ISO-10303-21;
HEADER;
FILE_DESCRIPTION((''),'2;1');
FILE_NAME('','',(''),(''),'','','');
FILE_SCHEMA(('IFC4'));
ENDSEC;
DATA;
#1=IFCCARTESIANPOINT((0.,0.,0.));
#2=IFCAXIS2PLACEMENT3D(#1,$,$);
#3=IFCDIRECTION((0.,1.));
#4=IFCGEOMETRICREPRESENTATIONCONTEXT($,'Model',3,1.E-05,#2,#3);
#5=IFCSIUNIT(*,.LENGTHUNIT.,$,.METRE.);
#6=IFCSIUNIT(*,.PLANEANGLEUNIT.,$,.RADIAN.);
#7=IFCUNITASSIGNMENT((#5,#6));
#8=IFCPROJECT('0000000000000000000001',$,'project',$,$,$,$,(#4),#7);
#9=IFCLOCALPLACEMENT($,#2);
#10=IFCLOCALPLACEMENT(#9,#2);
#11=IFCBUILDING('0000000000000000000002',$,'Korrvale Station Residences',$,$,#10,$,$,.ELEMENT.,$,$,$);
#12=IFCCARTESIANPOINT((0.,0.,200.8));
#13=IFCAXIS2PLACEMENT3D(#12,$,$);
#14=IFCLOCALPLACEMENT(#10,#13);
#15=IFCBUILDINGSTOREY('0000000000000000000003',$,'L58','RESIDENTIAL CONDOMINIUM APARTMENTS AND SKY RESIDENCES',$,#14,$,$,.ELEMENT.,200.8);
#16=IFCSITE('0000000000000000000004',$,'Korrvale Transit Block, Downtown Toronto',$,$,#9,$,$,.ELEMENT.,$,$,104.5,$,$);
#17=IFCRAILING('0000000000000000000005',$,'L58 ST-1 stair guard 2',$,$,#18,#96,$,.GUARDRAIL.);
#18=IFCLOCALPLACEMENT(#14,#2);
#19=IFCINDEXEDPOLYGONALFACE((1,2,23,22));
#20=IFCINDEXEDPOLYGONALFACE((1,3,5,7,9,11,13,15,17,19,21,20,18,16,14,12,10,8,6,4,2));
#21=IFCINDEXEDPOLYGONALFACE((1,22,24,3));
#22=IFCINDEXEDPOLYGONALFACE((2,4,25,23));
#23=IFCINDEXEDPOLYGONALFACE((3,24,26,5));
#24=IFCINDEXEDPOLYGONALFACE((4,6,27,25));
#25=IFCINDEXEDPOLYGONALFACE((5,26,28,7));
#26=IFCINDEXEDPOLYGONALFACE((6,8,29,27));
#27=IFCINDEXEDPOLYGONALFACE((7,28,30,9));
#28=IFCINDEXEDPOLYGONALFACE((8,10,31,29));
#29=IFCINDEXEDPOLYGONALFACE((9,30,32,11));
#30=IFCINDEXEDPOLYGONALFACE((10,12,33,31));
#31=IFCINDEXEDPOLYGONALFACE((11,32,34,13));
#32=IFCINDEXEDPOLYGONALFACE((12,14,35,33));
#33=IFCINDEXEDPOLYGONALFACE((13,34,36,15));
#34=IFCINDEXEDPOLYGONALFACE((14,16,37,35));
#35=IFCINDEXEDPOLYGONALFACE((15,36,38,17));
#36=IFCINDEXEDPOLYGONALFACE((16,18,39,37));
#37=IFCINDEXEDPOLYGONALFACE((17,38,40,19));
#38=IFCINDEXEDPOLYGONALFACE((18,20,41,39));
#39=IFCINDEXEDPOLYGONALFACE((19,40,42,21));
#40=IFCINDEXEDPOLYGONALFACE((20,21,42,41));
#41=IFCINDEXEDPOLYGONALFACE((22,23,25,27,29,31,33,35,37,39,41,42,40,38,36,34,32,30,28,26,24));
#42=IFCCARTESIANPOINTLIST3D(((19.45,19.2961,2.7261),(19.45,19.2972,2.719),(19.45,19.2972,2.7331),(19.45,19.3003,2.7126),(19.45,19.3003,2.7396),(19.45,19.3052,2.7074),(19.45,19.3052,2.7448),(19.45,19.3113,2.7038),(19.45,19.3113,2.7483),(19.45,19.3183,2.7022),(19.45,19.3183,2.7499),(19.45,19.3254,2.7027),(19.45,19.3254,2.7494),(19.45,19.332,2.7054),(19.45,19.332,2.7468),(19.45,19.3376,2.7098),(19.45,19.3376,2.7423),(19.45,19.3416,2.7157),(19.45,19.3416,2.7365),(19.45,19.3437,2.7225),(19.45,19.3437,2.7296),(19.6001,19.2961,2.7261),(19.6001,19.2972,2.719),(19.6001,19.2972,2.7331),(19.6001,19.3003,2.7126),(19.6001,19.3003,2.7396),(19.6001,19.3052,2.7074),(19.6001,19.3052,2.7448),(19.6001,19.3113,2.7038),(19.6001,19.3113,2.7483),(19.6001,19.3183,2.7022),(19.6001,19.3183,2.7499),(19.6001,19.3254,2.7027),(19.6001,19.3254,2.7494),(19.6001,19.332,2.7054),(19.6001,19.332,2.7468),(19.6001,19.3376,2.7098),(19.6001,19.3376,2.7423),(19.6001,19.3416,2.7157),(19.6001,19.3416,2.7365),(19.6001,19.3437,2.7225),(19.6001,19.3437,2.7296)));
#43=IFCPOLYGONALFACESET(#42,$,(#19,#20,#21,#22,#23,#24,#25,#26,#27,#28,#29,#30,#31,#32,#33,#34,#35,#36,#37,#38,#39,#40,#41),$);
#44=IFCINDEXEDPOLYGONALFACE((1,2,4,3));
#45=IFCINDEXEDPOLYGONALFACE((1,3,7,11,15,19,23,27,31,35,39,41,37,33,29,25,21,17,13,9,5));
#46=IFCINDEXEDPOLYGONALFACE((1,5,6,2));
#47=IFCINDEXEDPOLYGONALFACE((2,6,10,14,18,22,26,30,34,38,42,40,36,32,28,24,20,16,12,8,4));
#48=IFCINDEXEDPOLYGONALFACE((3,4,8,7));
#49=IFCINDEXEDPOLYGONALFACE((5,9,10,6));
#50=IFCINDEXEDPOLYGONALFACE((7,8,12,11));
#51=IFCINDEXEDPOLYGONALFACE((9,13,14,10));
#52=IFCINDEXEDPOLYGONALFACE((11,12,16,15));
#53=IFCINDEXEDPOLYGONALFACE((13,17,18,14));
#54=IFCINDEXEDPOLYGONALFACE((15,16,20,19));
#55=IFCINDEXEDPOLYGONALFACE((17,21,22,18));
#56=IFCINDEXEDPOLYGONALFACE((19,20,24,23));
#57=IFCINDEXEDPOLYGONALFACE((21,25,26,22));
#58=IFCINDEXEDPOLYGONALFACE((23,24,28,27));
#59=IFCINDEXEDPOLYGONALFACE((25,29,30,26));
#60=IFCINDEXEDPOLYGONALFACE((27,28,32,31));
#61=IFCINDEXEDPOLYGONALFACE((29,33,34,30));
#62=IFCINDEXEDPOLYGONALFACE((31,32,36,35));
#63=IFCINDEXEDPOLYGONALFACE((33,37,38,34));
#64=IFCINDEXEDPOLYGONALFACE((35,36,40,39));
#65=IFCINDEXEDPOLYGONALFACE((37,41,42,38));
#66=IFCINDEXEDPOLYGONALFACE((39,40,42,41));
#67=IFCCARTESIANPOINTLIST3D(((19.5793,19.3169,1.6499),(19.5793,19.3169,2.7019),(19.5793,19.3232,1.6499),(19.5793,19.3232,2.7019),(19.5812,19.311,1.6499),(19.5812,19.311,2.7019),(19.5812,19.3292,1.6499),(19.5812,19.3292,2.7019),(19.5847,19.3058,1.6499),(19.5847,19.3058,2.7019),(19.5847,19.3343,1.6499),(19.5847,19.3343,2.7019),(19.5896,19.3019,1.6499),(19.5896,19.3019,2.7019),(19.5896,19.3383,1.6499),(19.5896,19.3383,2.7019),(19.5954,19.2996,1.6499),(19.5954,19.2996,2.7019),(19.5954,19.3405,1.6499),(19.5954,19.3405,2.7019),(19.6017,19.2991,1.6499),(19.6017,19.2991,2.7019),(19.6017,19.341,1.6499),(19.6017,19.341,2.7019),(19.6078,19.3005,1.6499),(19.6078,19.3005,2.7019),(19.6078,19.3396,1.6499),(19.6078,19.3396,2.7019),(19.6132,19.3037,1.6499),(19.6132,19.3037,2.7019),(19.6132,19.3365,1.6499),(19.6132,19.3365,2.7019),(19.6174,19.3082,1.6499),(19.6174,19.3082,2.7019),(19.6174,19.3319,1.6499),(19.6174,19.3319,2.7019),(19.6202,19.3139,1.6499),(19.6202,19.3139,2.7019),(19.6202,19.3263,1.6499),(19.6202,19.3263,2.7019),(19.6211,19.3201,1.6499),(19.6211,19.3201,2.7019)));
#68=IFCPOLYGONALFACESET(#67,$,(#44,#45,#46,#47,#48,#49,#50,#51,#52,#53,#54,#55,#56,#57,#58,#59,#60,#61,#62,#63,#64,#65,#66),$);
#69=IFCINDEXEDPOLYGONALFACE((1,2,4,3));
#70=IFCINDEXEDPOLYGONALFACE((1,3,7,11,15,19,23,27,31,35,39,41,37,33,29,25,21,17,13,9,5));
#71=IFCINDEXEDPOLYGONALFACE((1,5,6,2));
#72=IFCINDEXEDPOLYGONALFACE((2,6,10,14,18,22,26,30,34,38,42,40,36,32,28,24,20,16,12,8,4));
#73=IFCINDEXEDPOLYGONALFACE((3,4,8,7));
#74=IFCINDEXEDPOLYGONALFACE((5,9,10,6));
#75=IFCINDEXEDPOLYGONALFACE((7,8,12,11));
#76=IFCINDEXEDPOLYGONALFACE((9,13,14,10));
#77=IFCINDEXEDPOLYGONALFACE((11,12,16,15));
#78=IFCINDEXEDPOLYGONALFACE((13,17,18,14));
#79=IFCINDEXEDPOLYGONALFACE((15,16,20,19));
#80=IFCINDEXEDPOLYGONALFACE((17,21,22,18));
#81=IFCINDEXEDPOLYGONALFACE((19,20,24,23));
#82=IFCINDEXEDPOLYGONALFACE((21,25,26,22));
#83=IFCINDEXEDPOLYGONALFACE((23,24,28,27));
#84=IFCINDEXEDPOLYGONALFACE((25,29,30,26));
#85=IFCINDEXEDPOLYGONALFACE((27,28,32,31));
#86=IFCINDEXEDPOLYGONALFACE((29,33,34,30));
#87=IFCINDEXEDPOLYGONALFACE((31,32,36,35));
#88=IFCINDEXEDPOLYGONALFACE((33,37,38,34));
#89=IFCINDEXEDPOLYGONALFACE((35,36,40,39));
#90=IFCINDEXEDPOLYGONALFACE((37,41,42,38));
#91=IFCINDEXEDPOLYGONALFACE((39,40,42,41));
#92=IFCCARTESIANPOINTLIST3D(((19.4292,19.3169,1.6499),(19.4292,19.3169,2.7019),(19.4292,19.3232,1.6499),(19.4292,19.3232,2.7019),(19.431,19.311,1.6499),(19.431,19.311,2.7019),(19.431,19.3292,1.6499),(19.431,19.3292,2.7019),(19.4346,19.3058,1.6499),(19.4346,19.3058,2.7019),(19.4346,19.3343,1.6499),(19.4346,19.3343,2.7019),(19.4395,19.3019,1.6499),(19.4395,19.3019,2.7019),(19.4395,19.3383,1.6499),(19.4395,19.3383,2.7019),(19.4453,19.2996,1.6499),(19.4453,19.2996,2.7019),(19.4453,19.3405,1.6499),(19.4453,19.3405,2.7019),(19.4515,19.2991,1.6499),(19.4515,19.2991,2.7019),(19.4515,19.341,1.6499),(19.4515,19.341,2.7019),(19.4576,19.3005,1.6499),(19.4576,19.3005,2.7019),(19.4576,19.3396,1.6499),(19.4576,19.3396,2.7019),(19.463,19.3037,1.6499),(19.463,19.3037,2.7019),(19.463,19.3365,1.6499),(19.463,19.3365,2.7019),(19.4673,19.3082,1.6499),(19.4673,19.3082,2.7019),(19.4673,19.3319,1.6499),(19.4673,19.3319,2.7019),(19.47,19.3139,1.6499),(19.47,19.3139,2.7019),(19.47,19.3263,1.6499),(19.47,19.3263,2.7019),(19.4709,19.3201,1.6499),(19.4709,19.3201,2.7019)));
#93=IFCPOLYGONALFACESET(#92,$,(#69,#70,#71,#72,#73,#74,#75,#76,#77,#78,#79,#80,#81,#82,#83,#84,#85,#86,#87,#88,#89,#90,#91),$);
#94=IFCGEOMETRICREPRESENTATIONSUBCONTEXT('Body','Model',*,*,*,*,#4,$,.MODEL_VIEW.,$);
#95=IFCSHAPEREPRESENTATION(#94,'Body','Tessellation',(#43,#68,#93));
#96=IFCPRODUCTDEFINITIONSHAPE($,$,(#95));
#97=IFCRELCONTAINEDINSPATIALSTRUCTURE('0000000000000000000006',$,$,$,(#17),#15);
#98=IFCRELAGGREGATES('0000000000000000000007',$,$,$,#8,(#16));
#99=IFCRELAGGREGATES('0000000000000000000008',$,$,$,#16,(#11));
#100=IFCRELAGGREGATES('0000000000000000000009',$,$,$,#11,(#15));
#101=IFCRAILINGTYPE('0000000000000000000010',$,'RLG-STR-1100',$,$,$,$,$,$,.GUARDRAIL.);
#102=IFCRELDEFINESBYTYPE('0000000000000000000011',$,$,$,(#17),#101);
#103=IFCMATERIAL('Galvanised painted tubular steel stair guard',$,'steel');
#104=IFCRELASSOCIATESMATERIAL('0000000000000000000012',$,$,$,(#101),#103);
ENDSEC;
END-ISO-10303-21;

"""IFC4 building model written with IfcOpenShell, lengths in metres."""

from ifc_helpers import new_model, si_unit, direction, frame, origin, origin_2d, place, context, subcontext, project, spatial, circle, extrude, material, type_object, element, save


model = new_model("IFC4")

# Units and contexts
model_context = context("Model", 3, precision=1e-05, world=origin(), true_north=direction((0.0, 1.0)))
body_context = subcontext(model_context, "Body", "Model", "MODEL_VIEW")
ifc_project = project(units=[si_unit("LENGTHUNIT", "METRE"), si_unit("PLANEANGLEUNIT", "RADIAN")], contexts=[model_context])

# Site, building, storey
site_placement = place(None, origin())
site = spatial("IfcSite", under=ifc_project, at=site_placement, Name="Korrvale Transit Block, Downtown Toronto", CompositionType="ELEMENT", RefElevation=104.5)
building_placement = place(site_placement, origin())
building = spatial("IfcBuilding", under=site, at=building_placement, Name="Korrvale Station Residences", CompositionType="ELEMENT")
storey_placement = place(building_placement, frame((0.0, 0.0, 200.8)))
storey = spatial("IfcBuildingStorey", under=building, at=storey_placement, Name="L58", Description="RESIDENTIAL CONDOMINIUM APARTMENTS AND SKY RESIDENCES", CompositionType="ELEMENT", Elevation=200.8)

# Railing
ifc_material_1 = material(Name="Galvanised painted tubular steel stair guard", Category="steel")
railing_type_1 = type_object("IfcRailingType", Name="RLG-STR-1100", PredefinedType="GUARDRAIL", material=ifc_material_1)
railing_1_placement = place(storey_placement, frame((19.6001, 19.3201, 1.6499)))
element("IfcRailing", 1, at=railing_1_placement, inside=storey, type_object=railing_type_1, Name="L58 ST-1 stair guard 2", PredefinedType="GUARDRAIL", context=body_context, shape_type="SweptSolid", body=[
    extrude(circle(Radius=0.0239, at=origin_2d()), frame((0.0, 0.0, 1.0762), z_axis=(-1.0, 0.0, 0.0), x_axis=(0.0, -1.0, 0.0)), (0.0, 0.0, 1.0), 0.1501),
    extrude(circle(Radius=0.021, at=origin_2d()), origin(), (0.0, 0.0, 1.0), 1.052),
    extrude(circle(Radius=0.021, at=origin_2d()), frame((-0.1501, 0.0, 0.0)), (0.0, 0.0, 1.0), 1.052),
])

save(model, "model.ifc")
